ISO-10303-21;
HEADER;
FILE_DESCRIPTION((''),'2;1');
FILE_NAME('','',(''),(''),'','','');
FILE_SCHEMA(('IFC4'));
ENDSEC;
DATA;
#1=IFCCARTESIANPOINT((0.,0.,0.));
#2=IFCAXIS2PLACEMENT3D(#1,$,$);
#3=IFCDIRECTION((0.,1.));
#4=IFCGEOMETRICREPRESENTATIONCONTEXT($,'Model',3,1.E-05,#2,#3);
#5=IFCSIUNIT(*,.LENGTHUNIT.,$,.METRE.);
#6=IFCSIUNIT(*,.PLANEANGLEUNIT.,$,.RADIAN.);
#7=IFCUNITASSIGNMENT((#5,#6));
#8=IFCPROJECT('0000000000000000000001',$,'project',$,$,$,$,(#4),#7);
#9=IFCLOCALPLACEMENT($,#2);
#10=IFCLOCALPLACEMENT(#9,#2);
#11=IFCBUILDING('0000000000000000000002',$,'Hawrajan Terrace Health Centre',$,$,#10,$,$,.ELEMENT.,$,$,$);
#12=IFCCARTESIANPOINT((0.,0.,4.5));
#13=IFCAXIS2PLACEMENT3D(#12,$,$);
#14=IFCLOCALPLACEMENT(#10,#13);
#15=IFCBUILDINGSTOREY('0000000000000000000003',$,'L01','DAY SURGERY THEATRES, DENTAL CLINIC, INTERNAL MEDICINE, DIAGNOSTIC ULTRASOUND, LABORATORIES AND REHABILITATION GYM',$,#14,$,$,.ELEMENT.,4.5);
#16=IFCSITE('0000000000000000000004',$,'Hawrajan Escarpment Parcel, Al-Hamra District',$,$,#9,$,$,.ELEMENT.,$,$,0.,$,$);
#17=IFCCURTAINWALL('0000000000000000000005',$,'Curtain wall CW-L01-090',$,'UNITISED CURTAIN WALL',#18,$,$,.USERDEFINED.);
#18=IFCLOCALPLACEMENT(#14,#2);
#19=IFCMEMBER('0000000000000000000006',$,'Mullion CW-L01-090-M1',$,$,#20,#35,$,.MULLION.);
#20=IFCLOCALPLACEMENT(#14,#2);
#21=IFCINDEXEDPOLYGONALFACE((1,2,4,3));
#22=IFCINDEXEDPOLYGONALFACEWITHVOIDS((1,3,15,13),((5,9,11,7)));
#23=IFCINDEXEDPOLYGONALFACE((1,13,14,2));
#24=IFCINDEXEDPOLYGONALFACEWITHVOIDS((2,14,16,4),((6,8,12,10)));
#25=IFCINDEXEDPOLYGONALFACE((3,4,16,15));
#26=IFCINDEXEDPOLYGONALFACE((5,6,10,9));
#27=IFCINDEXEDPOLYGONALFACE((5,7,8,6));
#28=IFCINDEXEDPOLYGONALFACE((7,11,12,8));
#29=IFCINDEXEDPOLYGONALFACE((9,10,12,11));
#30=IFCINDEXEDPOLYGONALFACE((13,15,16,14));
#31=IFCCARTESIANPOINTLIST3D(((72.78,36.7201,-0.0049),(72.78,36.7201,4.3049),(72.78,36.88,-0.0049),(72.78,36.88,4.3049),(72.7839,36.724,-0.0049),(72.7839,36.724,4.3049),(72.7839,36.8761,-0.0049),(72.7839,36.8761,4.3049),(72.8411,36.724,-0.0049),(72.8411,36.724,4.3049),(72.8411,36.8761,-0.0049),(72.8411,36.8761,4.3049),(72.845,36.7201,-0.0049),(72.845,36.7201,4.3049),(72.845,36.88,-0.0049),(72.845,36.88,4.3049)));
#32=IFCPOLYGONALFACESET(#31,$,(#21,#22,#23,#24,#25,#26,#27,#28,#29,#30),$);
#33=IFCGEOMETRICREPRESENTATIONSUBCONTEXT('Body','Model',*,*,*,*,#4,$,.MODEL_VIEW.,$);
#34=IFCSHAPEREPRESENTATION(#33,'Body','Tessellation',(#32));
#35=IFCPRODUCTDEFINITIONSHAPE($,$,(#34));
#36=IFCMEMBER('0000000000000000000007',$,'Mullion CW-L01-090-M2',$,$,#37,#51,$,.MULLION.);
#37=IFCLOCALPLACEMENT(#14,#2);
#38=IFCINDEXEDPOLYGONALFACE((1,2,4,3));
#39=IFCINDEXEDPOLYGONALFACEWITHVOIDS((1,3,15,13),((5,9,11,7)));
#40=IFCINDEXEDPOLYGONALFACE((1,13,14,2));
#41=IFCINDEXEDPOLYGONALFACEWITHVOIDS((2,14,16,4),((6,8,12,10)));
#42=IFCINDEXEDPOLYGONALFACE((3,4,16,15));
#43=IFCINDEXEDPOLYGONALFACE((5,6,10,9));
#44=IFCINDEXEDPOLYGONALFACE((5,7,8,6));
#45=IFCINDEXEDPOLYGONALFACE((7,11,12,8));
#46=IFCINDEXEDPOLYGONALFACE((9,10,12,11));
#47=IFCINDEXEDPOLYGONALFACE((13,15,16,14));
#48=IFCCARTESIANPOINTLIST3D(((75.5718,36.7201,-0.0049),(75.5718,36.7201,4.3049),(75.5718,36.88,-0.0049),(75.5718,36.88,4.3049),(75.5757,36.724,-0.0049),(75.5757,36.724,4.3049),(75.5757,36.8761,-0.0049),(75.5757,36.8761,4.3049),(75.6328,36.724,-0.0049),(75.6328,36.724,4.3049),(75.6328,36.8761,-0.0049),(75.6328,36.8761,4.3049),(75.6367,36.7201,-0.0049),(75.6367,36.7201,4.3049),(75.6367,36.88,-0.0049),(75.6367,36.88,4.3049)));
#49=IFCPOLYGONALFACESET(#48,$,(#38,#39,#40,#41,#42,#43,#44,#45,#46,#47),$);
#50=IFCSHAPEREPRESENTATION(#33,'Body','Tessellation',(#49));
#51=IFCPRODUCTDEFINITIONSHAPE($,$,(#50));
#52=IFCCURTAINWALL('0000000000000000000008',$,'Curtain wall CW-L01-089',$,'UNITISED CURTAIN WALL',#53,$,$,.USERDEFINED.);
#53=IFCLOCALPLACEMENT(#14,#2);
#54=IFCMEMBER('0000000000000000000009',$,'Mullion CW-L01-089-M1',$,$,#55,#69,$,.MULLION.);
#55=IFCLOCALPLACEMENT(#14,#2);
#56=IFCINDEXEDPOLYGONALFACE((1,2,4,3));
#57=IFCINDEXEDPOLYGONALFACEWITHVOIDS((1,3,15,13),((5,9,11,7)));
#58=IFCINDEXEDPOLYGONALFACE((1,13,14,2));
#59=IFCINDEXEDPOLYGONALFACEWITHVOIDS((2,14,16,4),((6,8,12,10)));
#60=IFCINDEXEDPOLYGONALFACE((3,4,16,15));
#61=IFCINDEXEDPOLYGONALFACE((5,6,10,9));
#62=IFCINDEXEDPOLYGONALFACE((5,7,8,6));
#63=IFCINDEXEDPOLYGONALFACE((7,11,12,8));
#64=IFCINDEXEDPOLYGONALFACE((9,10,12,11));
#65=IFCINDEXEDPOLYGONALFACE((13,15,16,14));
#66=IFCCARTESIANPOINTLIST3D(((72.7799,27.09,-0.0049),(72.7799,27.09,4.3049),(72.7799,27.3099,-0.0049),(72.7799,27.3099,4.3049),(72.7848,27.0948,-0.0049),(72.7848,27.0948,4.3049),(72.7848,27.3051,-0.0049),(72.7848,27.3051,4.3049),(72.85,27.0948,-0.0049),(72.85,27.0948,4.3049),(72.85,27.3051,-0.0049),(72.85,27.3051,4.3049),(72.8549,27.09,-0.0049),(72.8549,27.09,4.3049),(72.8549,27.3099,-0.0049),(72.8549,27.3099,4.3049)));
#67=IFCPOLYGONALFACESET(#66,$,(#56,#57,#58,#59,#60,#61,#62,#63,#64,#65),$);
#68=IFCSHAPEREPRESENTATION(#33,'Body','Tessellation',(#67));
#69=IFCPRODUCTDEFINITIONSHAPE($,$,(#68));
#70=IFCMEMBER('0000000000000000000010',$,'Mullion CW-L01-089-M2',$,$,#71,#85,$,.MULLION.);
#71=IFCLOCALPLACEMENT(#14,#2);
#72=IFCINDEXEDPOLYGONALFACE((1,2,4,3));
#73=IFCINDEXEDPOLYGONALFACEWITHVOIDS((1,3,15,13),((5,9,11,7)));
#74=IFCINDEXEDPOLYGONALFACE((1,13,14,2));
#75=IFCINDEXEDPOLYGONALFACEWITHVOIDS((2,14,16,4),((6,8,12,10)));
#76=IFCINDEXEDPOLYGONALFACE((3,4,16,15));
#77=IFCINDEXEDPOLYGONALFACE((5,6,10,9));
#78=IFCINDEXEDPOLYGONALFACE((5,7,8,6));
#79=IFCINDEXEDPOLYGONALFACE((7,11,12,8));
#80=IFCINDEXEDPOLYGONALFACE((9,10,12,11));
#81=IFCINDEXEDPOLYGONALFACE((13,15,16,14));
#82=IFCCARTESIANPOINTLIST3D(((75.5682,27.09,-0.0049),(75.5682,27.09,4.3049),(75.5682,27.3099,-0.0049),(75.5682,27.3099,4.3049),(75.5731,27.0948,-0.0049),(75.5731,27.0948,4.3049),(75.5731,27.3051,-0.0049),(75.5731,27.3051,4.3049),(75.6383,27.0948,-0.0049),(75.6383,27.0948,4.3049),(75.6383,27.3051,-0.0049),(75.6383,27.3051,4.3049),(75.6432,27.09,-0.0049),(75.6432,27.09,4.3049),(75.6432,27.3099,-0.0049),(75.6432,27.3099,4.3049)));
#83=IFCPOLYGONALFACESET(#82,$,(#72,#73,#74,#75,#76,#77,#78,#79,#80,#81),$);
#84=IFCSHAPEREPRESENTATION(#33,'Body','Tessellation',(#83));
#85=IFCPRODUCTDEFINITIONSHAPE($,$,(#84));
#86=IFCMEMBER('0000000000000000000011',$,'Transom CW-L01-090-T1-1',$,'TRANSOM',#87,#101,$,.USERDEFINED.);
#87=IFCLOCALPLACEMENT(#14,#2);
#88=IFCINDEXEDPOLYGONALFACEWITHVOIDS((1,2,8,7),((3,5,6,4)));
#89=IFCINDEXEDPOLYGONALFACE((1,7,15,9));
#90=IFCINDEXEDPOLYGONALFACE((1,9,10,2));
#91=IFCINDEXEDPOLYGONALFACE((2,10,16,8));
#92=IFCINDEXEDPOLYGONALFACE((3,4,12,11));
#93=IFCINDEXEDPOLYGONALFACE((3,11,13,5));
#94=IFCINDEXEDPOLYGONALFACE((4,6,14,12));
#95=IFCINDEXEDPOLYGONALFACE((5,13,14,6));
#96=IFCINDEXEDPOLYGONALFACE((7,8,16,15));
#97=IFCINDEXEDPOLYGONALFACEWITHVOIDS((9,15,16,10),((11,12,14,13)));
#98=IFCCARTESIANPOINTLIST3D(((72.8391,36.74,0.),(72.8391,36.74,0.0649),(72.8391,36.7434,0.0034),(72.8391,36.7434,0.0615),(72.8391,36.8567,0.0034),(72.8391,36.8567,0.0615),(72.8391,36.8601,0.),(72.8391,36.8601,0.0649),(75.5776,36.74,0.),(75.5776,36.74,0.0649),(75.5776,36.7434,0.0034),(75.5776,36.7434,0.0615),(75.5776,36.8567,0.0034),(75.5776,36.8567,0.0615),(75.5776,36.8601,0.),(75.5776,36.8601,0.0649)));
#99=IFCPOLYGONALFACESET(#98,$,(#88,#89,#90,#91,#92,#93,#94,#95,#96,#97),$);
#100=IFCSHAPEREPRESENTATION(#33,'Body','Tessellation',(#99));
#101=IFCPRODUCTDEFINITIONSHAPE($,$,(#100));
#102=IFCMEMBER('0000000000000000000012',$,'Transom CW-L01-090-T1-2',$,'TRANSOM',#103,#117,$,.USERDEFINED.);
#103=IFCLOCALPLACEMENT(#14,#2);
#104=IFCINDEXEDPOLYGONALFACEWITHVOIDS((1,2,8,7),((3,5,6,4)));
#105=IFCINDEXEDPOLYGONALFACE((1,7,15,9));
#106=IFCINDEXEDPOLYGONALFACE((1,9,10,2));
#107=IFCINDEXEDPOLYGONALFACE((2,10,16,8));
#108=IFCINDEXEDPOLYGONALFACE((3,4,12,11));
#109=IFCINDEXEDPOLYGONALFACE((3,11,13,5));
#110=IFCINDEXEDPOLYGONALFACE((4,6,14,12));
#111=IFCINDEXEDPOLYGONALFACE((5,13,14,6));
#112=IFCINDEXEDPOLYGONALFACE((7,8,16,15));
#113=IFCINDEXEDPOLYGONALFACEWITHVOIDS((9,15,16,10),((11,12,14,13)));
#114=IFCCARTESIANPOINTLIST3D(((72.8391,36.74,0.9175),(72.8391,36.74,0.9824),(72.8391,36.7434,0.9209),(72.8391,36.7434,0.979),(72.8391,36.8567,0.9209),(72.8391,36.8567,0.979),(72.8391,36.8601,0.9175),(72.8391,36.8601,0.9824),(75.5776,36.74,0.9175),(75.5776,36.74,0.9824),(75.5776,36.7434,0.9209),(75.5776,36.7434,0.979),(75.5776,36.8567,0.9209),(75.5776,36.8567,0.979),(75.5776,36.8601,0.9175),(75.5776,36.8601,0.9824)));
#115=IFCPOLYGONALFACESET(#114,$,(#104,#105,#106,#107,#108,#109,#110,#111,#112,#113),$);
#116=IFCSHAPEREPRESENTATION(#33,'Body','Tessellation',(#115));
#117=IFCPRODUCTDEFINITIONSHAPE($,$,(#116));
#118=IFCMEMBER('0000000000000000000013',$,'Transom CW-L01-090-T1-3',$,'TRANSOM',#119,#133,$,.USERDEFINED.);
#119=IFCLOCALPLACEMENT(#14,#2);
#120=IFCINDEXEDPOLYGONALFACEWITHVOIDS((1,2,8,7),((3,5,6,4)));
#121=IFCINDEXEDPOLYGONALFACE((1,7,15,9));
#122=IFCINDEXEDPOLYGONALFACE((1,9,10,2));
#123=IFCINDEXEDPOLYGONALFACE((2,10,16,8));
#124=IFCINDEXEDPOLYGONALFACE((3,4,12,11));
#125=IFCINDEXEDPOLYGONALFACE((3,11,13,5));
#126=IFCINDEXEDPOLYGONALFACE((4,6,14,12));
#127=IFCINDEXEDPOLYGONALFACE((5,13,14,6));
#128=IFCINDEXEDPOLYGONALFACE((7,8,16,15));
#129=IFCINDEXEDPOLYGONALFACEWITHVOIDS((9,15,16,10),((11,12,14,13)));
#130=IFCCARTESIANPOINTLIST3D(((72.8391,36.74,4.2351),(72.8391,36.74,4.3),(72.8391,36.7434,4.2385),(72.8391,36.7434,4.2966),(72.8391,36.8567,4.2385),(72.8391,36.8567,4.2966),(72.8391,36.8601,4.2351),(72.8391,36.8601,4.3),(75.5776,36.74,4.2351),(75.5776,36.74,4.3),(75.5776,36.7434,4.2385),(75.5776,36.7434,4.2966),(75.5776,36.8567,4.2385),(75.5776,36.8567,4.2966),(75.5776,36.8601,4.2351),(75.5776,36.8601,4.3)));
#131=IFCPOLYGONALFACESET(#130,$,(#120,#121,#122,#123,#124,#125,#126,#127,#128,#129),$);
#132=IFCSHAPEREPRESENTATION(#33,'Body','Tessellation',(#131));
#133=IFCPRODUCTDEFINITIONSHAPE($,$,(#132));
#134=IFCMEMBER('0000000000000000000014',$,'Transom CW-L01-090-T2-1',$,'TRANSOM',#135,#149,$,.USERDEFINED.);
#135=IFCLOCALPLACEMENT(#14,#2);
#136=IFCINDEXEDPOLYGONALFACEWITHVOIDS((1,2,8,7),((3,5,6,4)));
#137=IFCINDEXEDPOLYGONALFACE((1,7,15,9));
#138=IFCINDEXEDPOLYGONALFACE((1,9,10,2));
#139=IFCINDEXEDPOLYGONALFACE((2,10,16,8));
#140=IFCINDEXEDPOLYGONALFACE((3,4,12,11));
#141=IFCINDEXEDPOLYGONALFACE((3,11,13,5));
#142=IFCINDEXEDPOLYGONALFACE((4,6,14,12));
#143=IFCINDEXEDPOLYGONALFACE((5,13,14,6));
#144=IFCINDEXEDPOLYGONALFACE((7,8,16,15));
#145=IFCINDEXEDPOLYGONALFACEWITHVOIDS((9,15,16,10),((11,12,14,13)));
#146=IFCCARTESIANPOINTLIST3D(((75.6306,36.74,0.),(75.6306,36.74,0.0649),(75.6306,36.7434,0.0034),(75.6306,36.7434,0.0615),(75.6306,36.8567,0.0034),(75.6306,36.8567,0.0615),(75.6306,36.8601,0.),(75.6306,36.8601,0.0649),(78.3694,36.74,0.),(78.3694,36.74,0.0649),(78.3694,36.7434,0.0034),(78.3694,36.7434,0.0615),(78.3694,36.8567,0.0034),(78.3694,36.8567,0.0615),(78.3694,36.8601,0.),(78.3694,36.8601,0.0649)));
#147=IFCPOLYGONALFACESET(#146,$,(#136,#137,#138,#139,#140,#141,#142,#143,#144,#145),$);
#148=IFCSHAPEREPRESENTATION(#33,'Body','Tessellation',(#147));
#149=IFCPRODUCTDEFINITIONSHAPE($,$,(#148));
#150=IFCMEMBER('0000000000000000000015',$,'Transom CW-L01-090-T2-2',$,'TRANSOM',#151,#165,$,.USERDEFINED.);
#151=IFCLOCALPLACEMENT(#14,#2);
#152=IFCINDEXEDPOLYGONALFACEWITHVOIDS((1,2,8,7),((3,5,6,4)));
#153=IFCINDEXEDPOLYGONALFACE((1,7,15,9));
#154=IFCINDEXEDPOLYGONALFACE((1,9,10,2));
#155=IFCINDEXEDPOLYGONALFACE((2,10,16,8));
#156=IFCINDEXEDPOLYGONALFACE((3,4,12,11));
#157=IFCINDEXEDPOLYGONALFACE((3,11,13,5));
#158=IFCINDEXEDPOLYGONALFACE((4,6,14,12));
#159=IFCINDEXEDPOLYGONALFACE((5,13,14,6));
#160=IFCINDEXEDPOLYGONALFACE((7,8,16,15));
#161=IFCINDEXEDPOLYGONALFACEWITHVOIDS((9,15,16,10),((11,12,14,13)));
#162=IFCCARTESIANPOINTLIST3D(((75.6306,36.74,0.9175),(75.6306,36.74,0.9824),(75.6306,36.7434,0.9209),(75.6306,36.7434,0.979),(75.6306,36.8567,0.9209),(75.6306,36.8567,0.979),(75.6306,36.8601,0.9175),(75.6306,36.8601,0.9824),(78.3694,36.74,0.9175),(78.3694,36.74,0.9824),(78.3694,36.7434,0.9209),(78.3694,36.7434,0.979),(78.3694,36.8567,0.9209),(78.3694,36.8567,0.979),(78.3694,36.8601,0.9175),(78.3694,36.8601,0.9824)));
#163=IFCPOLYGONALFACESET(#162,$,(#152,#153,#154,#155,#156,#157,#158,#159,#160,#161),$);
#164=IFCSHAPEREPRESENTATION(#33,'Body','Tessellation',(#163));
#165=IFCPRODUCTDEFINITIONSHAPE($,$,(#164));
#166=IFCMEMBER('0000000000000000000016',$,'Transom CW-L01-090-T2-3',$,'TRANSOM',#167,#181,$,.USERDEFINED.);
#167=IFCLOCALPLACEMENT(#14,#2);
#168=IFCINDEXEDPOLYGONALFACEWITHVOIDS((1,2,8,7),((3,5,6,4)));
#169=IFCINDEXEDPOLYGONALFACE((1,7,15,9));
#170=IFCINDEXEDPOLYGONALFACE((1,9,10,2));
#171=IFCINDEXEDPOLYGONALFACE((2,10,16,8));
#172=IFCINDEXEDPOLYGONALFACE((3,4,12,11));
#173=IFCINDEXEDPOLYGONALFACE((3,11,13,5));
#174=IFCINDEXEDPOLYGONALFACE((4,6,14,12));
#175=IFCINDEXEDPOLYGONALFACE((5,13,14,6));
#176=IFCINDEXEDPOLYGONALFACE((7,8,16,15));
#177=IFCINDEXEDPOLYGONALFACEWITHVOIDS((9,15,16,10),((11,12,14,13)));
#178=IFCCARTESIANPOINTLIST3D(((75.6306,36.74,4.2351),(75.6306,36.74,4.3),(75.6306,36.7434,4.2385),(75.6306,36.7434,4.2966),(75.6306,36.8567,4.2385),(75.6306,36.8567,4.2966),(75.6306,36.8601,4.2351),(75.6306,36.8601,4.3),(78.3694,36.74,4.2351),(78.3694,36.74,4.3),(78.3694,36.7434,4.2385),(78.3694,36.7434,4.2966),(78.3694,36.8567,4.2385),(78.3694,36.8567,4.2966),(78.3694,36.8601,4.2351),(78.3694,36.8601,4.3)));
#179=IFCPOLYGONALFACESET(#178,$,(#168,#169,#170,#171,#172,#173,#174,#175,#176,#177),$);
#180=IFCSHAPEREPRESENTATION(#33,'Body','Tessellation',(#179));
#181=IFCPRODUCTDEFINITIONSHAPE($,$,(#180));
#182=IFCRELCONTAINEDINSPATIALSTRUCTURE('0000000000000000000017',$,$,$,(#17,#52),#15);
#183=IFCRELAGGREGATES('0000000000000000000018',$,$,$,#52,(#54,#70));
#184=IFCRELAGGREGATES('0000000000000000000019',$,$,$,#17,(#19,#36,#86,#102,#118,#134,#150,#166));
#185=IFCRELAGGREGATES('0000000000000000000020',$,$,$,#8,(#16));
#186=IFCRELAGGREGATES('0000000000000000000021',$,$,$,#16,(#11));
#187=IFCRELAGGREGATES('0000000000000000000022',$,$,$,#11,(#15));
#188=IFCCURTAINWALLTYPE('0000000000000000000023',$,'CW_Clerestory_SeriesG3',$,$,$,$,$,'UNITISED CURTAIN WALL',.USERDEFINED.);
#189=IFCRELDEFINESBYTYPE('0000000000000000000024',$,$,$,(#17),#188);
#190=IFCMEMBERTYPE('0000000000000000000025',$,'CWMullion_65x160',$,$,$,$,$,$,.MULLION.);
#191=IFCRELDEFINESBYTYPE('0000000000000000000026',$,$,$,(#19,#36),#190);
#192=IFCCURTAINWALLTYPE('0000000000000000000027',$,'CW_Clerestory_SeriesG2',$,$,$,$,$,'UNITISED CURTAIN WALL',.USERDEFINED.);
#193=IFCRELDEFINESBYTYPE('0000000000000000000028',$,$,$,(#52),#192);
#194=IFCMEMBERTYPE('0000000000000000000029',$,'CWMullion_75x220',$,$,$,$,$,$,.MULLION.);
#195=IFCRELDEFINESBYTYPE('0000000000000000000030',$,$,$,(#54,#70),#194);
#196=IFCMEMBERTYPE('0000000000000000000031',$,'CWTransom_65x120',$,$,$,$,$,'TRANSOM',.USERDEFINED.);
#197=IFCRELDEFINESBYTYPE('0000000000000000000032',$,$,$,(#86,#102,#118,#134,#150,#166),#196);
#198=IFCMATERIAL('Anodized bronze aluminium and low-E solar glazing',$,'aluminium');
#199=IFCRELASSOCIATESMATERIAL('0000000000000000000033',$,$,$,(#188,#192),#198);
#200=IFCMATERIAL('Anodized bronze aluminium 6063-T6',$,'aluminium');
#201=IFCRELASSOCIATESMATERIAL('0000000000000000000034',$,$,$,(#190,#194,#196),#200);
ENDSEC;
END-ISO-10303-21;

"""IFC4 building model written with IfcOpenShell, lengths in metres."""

from ifc_helpers import new_model, si_unit, direction, frame, origin, origin_2d, place, context, subcontext, project, spatial, hollow_rectangle, extrude, material, material_profile, profile_set, type_object, element, aggregate, save


model = new_model("IFC4")

# Units and contexts
model_context = context("Model", 3, precision=1e-05, world=origin(), true_north=direction((0.0, 1.0)))
body_context = subcontext(model_context, "Body", "Model", "MODEL_VIEW")
ifc_project = project(units=[si_unit("LENGTHUNIT", "METRE"), si_unit("PLANEANGLEUNIT", "RADIAN")], contexts=[model_context])

# Site, building, storey
site_placement = place(None, origin())
site = spatial("IfcSite", under=ifc_project, at=site_placement, Name="Hawrajan Escarpment Parcel, Al-Hamra District", CompositionType="ELEMENT", RefElevation=0.0)
building_placement = place(site_placement, origin())
building = spatial("IfcBuilding", under=site, at=building_placement, Name="Hawrajan Terrace Health Centre", CompositionType="ELEMENT")
storey_placement = place(building_placement, frame((0.0, 0.0, 4.5)))
storey = spatial("IfcBuildingStorey", under=building, at=storey_placement, Name="L01", Description="DAY SURGERY THEATRES, DENTAL CLINIC, INTERNAL MEDICINE, DIAGNOSTIC ULTRASOUND, LABORATORIES AND REHABILITATION GYM", CompositionType="ELEMENT", Elevation=4.5)

# Curtain walls, members
ifc_material_1 = material(Name="Anodized bronze aluminium and low-E solar glazing", Category="aluminium")
curtain_wall_type_1 = type_object("IfcCurtainWallType", Name="CW_Clerestory_SeriesG3", ElementType="UNITISED CURTAIN WALL", PredefinedType="USERDEFINED", material=ifc_material_1)
curtain_wall_1_placement = place(storey_placement, origin())
curtain_wall_1 = element("IfcCurtainWall", 1, at=curtain_wall_1_placement, inside=storey, type_object=curtain_wall_type_1, Name="Curtain wall CW-L01-090", ObjectType="UNITISED CURTAIN WALL", PredefinedType="USERDEFINED")
ifc_material_2 = material(Name="Anodized bronze aluminium 6063-T6", Category="aluminium")
ifc_material_profile_1 = material_profile(ifc_material_2, hollow_rectangle(XDim=0.0649, YDim=0.1599, WallThickness=0.0039, at=origin_2d()), Name="CW MUL 65x160")
ifc_profile_set_1 = profile_set([ifc_material_profile_1], Name="Anodized bronze aluminium 6063-T6")
member_type_1 = type_object("IfcMemberType", Name="CWMullion_65x160", PredefinedType="MULLION", material=ifc_profile_set_1)
member_1_placement = place(storey_placement, frame((72.8125, 36.8, -0.0049), z_axis=(0.0, 0.0, 1.0), x_axis=(1.0, 0.0, 0.0)))
member_1 = element("IfcMember", 2, at=member_1_placement, type_object=member_type_1, Name="Mullion CW-L01-090-M1", PredefinedType="MULLION", context=body_context, shape_type="SweptSolid", body=[
    extrude(hollow_rectangle(XDim=0.0649, YDim=0.1599, WallThickness=0.0039, at=origin_2d()), origin(), (0.0, 0.0, 1.0), 4.3098),
])
member_2_placement = place(storey_placement, frame((75.6042, 36.8, -0.0049), z_axis=(0.0, 0.0, 1.0), x_axis=(1.0, 0.0, 0.0)))
member_2 = element("IfcMember", 3, at=member_2_placement, type_object=member_type_1, Name="Mullion CW-L01-090-M2", PredefinedType="MULLION", context=body_context, shape_type="SweptSolid", body=[
    extrude(hollow_rectangle(XDim=0.0649, YDim=0.1599, WallThickness=0.0039, at=origin_2d()), origin(), (0.0, 0.0, 1.0), 4.3098),
])
curtain_wall_type_2 = type_object("IfcCurtainWallType", Name="CW_Clerestory_SeriesG2", ElementType="UNITISED CURTAIN WALL", PredefinedType="USERDEFINED", material=ifc_material_1)
curtain_wall_2_placement = place(storey_placement, origin())
curtain_wall_2 = element("IfcCurtainWall", 4, at=curtain_wall_2_placement, inside=storey, type_object=curtain_wall_type_2, Name="Curtain wall CW-L01-089", ObjectType="UNITISED CURTAIN WALL", PredefinedType="USERDEFINED")
ifc_material_profile_2 = material_profile(ifc_material_2, hollow_rectangle(XDim=0.075, YDim=0.22, WallThickness=0.0049, at=origin_2d()), Name="CW MUL 75x220")
ifc_profile_set_2 = profile_set([ifc_material_profile_2], Name="Anodized bronze aluminium 6063-T6")
member_type_2 = type_object("IfcMemberType", Name="CWMullion_75x220", PredefinedType="MULLION", material=ifc_profile_set_2)
member_3_placement = place(storey_placement, frame((72.8174, 27.2, -0.0049), z_axis=(0.0, 0.0, 1.0), x_axis=(1.0, 0.0, 0.0)))
member_3 = element("IfcMember", 5, at=member_3_placement, type_object=member_type_2, Name="Mullion CW-L01-089-M1", PredefinedType="MULLION", context=body_context, shape_type="SweptSolid", body=[
    extrude(hollow_rectangle(XDim=0.075, YDim=0.22, WallThickness=0.0049, at=origin_2d()), origin(), (0.0, 0.0, 1.0), 4.3098),
])
member_4_placement = place(storey_placement, frame((75.6057, 27.2, -0.0049), z_axis=(0.0, 0.0, 1.0), x_axis=(1.0, 0.0, 0.0)))
member_4 = element("IfcMember", 6, at=member_4_placement, type_object=member_type_2, Name="Mullion CW-L01-089-M2", PredefinedType="MULLION", context=body_context, shape_type="SweptSolid", body=[
    extrude(hollow_rectangle(XDim=0.075, YDim=0.22, WallThickness=0.0049, at=origin_2d()), origin(), (0.0, 0.0, 1.0), 4.3098),
])

# Members
ifc_material_profile_3 = material_profile(ifc_material_2, hollow_rectangle(XDim=0.0649, YDim=0.1201, WallThickness=0.0034, at=origin_2d()), Name="CW TRN 65x120")
ifc_profile_set_3 = profile_set([ifc_material_profile_3], Name="Anodized bronze aluminium 6063-T6")
member_type_3 = type_object("IfcMemberType", Name="CWTransom_65x120", ElementType="TRANSOM", PredefinedType="USERDEFINED", material=ifc_profile_set_3)
member_5_placement = place(storey_placement, frame((72.8391, 36.8, 0.0325), z_axis=(1.0, 0.0, 0.0), x_axis=(0.0, 0.0, 1.0)))
member_5 = element("IfcMember", 7, at=member_5_placement, type_object=member_type_3, Name="Transom CW-L01-090-T1-1", ObjectType="TRANSOM", PredefinedType="USERDEFINED", context=body_context, shape_type="SweptSolid", body=[
    extrude(hollow_rectangle(XDim=0.0649, YDim=0.1201, WallThickness=0.0034, at=origin_2d()), origin(), (0.0, 0.0, 1.0), 2.7385),
])
member_6_placement = place(storey_placement, frame((72.8391, 36.8, 0.95), z_axis=(1.0, 0.0, 0.0), x_axis=(0.0, 0.0, 1.0)))
member_6 = element("IfcMember", 8, at=member_6_placement, type_object=member_type_3, Name="Transom CW-L01-090-T1-2", ObjectType="TRANSOM", PredefinedType="USERDEFINED", context=body_context, shape_type="SweptSolid", body=[
    extrude(hollow_rectangle(XDim=0.0649, YDim=0.1201, WallThickness=0.0034, at=origin_2d()), origin(), (0.0, 0.0, 1.0), 2.7385),
])
member_7_placement = place(storey_placement, frame((72.8391, 36.8, 4.2676), z_axis=(1.0, 0.0, 0.0), x_axis=(0.0, 0.0, 1.0)))
member_7 = element("IfcMember", 9, at=member_7_placement, type_object=member_type_3, Name="Transom CW-L01-090-T1-3", ObjectType="TRANSOM", PredefinedType="USERDEFINED", context=body_context, shape_type="SweptSolid", body=[
    extrude(hollow_rectangle(XDim=0.0649, YDim=0.1201, WallThickness=0.0034, at=origin_2d()), origin(), (0.0, 0.0, 1.0), 2.7385),
])
member_8_placement = place(storey_placement, frame((75.6306, 36.8, 0.0325), z_axis=(1.0, 0.0, 0.0), x_axis=(0.0, 0.0, 1.0)))
member_8 = element("IfcMember", 10, at=member_8_placement, type_object=member_type_3, Name="Transom CW-L01-090-T2-1", ObjectType="TRANSOM", PredefinedType="USERDEFINED", context=body_context, shape_type="SweptSolid", body=[
    extrude(hollow_rectangle(XDim=0.0649, YDim=0.1201, WallThickness=0.0034, at=origin_2d()), origin(), (0.0, 0.0, 1.0), 2.7388),
])
member_9_placement = place(storey_placement, frame((75.6306, 36.8, 0.95), z_axis=(1.0, 0.0, 0.0), x_axis=(0.0, 0.0, 1.0)))
member_9 = element("IfcMember", 11, at=member_9_placement, type_object=member_type_3, Name="Transom CW-L01-090-T2-2", ObjectType="TRANSOM", PredefinedType="USERDEFINED", context=body_context, shape_type="SweptSolid", body=[
    extrude(hollow_rectangle(XDim=0.0649, YDim=0.1201, WallThickness=0.0034, at=origin_2d()), origin(), (0.0, 0.0, 1.0), 2.7388),
])
member_10_placement = place(storey_placement, frame((75.6306, 36.8, 4.2676), z_axis=(1.0, 0.0, 0.0), x_axis=(0.0, 0.0, 1.0)))
member_10 = element("IfcMember", 12, at=member_10_placement, type_object=member_type_3, Name="Transom CW-L01-090-T2-3", ObjectType="TRANSOM", PredefinedType="USERDEFINED", context=body_context, shape_type="SweptSolid", body=[
    extrude(hollow_rectangle(XDim=0.0649, YDim=0.1201, WallThickness=0.0034, at=origin_2d()), origin(), (0.0, 0.0, 1.0), 2.7388),
])

aggregate(curtain_wall_2, [member_3, member_4])
aggregate(curtain_wall_1, [member_1, member_2, member_5, member_6, member_7, member_8, member_9, member_10])

save(model, "model.ifc")
